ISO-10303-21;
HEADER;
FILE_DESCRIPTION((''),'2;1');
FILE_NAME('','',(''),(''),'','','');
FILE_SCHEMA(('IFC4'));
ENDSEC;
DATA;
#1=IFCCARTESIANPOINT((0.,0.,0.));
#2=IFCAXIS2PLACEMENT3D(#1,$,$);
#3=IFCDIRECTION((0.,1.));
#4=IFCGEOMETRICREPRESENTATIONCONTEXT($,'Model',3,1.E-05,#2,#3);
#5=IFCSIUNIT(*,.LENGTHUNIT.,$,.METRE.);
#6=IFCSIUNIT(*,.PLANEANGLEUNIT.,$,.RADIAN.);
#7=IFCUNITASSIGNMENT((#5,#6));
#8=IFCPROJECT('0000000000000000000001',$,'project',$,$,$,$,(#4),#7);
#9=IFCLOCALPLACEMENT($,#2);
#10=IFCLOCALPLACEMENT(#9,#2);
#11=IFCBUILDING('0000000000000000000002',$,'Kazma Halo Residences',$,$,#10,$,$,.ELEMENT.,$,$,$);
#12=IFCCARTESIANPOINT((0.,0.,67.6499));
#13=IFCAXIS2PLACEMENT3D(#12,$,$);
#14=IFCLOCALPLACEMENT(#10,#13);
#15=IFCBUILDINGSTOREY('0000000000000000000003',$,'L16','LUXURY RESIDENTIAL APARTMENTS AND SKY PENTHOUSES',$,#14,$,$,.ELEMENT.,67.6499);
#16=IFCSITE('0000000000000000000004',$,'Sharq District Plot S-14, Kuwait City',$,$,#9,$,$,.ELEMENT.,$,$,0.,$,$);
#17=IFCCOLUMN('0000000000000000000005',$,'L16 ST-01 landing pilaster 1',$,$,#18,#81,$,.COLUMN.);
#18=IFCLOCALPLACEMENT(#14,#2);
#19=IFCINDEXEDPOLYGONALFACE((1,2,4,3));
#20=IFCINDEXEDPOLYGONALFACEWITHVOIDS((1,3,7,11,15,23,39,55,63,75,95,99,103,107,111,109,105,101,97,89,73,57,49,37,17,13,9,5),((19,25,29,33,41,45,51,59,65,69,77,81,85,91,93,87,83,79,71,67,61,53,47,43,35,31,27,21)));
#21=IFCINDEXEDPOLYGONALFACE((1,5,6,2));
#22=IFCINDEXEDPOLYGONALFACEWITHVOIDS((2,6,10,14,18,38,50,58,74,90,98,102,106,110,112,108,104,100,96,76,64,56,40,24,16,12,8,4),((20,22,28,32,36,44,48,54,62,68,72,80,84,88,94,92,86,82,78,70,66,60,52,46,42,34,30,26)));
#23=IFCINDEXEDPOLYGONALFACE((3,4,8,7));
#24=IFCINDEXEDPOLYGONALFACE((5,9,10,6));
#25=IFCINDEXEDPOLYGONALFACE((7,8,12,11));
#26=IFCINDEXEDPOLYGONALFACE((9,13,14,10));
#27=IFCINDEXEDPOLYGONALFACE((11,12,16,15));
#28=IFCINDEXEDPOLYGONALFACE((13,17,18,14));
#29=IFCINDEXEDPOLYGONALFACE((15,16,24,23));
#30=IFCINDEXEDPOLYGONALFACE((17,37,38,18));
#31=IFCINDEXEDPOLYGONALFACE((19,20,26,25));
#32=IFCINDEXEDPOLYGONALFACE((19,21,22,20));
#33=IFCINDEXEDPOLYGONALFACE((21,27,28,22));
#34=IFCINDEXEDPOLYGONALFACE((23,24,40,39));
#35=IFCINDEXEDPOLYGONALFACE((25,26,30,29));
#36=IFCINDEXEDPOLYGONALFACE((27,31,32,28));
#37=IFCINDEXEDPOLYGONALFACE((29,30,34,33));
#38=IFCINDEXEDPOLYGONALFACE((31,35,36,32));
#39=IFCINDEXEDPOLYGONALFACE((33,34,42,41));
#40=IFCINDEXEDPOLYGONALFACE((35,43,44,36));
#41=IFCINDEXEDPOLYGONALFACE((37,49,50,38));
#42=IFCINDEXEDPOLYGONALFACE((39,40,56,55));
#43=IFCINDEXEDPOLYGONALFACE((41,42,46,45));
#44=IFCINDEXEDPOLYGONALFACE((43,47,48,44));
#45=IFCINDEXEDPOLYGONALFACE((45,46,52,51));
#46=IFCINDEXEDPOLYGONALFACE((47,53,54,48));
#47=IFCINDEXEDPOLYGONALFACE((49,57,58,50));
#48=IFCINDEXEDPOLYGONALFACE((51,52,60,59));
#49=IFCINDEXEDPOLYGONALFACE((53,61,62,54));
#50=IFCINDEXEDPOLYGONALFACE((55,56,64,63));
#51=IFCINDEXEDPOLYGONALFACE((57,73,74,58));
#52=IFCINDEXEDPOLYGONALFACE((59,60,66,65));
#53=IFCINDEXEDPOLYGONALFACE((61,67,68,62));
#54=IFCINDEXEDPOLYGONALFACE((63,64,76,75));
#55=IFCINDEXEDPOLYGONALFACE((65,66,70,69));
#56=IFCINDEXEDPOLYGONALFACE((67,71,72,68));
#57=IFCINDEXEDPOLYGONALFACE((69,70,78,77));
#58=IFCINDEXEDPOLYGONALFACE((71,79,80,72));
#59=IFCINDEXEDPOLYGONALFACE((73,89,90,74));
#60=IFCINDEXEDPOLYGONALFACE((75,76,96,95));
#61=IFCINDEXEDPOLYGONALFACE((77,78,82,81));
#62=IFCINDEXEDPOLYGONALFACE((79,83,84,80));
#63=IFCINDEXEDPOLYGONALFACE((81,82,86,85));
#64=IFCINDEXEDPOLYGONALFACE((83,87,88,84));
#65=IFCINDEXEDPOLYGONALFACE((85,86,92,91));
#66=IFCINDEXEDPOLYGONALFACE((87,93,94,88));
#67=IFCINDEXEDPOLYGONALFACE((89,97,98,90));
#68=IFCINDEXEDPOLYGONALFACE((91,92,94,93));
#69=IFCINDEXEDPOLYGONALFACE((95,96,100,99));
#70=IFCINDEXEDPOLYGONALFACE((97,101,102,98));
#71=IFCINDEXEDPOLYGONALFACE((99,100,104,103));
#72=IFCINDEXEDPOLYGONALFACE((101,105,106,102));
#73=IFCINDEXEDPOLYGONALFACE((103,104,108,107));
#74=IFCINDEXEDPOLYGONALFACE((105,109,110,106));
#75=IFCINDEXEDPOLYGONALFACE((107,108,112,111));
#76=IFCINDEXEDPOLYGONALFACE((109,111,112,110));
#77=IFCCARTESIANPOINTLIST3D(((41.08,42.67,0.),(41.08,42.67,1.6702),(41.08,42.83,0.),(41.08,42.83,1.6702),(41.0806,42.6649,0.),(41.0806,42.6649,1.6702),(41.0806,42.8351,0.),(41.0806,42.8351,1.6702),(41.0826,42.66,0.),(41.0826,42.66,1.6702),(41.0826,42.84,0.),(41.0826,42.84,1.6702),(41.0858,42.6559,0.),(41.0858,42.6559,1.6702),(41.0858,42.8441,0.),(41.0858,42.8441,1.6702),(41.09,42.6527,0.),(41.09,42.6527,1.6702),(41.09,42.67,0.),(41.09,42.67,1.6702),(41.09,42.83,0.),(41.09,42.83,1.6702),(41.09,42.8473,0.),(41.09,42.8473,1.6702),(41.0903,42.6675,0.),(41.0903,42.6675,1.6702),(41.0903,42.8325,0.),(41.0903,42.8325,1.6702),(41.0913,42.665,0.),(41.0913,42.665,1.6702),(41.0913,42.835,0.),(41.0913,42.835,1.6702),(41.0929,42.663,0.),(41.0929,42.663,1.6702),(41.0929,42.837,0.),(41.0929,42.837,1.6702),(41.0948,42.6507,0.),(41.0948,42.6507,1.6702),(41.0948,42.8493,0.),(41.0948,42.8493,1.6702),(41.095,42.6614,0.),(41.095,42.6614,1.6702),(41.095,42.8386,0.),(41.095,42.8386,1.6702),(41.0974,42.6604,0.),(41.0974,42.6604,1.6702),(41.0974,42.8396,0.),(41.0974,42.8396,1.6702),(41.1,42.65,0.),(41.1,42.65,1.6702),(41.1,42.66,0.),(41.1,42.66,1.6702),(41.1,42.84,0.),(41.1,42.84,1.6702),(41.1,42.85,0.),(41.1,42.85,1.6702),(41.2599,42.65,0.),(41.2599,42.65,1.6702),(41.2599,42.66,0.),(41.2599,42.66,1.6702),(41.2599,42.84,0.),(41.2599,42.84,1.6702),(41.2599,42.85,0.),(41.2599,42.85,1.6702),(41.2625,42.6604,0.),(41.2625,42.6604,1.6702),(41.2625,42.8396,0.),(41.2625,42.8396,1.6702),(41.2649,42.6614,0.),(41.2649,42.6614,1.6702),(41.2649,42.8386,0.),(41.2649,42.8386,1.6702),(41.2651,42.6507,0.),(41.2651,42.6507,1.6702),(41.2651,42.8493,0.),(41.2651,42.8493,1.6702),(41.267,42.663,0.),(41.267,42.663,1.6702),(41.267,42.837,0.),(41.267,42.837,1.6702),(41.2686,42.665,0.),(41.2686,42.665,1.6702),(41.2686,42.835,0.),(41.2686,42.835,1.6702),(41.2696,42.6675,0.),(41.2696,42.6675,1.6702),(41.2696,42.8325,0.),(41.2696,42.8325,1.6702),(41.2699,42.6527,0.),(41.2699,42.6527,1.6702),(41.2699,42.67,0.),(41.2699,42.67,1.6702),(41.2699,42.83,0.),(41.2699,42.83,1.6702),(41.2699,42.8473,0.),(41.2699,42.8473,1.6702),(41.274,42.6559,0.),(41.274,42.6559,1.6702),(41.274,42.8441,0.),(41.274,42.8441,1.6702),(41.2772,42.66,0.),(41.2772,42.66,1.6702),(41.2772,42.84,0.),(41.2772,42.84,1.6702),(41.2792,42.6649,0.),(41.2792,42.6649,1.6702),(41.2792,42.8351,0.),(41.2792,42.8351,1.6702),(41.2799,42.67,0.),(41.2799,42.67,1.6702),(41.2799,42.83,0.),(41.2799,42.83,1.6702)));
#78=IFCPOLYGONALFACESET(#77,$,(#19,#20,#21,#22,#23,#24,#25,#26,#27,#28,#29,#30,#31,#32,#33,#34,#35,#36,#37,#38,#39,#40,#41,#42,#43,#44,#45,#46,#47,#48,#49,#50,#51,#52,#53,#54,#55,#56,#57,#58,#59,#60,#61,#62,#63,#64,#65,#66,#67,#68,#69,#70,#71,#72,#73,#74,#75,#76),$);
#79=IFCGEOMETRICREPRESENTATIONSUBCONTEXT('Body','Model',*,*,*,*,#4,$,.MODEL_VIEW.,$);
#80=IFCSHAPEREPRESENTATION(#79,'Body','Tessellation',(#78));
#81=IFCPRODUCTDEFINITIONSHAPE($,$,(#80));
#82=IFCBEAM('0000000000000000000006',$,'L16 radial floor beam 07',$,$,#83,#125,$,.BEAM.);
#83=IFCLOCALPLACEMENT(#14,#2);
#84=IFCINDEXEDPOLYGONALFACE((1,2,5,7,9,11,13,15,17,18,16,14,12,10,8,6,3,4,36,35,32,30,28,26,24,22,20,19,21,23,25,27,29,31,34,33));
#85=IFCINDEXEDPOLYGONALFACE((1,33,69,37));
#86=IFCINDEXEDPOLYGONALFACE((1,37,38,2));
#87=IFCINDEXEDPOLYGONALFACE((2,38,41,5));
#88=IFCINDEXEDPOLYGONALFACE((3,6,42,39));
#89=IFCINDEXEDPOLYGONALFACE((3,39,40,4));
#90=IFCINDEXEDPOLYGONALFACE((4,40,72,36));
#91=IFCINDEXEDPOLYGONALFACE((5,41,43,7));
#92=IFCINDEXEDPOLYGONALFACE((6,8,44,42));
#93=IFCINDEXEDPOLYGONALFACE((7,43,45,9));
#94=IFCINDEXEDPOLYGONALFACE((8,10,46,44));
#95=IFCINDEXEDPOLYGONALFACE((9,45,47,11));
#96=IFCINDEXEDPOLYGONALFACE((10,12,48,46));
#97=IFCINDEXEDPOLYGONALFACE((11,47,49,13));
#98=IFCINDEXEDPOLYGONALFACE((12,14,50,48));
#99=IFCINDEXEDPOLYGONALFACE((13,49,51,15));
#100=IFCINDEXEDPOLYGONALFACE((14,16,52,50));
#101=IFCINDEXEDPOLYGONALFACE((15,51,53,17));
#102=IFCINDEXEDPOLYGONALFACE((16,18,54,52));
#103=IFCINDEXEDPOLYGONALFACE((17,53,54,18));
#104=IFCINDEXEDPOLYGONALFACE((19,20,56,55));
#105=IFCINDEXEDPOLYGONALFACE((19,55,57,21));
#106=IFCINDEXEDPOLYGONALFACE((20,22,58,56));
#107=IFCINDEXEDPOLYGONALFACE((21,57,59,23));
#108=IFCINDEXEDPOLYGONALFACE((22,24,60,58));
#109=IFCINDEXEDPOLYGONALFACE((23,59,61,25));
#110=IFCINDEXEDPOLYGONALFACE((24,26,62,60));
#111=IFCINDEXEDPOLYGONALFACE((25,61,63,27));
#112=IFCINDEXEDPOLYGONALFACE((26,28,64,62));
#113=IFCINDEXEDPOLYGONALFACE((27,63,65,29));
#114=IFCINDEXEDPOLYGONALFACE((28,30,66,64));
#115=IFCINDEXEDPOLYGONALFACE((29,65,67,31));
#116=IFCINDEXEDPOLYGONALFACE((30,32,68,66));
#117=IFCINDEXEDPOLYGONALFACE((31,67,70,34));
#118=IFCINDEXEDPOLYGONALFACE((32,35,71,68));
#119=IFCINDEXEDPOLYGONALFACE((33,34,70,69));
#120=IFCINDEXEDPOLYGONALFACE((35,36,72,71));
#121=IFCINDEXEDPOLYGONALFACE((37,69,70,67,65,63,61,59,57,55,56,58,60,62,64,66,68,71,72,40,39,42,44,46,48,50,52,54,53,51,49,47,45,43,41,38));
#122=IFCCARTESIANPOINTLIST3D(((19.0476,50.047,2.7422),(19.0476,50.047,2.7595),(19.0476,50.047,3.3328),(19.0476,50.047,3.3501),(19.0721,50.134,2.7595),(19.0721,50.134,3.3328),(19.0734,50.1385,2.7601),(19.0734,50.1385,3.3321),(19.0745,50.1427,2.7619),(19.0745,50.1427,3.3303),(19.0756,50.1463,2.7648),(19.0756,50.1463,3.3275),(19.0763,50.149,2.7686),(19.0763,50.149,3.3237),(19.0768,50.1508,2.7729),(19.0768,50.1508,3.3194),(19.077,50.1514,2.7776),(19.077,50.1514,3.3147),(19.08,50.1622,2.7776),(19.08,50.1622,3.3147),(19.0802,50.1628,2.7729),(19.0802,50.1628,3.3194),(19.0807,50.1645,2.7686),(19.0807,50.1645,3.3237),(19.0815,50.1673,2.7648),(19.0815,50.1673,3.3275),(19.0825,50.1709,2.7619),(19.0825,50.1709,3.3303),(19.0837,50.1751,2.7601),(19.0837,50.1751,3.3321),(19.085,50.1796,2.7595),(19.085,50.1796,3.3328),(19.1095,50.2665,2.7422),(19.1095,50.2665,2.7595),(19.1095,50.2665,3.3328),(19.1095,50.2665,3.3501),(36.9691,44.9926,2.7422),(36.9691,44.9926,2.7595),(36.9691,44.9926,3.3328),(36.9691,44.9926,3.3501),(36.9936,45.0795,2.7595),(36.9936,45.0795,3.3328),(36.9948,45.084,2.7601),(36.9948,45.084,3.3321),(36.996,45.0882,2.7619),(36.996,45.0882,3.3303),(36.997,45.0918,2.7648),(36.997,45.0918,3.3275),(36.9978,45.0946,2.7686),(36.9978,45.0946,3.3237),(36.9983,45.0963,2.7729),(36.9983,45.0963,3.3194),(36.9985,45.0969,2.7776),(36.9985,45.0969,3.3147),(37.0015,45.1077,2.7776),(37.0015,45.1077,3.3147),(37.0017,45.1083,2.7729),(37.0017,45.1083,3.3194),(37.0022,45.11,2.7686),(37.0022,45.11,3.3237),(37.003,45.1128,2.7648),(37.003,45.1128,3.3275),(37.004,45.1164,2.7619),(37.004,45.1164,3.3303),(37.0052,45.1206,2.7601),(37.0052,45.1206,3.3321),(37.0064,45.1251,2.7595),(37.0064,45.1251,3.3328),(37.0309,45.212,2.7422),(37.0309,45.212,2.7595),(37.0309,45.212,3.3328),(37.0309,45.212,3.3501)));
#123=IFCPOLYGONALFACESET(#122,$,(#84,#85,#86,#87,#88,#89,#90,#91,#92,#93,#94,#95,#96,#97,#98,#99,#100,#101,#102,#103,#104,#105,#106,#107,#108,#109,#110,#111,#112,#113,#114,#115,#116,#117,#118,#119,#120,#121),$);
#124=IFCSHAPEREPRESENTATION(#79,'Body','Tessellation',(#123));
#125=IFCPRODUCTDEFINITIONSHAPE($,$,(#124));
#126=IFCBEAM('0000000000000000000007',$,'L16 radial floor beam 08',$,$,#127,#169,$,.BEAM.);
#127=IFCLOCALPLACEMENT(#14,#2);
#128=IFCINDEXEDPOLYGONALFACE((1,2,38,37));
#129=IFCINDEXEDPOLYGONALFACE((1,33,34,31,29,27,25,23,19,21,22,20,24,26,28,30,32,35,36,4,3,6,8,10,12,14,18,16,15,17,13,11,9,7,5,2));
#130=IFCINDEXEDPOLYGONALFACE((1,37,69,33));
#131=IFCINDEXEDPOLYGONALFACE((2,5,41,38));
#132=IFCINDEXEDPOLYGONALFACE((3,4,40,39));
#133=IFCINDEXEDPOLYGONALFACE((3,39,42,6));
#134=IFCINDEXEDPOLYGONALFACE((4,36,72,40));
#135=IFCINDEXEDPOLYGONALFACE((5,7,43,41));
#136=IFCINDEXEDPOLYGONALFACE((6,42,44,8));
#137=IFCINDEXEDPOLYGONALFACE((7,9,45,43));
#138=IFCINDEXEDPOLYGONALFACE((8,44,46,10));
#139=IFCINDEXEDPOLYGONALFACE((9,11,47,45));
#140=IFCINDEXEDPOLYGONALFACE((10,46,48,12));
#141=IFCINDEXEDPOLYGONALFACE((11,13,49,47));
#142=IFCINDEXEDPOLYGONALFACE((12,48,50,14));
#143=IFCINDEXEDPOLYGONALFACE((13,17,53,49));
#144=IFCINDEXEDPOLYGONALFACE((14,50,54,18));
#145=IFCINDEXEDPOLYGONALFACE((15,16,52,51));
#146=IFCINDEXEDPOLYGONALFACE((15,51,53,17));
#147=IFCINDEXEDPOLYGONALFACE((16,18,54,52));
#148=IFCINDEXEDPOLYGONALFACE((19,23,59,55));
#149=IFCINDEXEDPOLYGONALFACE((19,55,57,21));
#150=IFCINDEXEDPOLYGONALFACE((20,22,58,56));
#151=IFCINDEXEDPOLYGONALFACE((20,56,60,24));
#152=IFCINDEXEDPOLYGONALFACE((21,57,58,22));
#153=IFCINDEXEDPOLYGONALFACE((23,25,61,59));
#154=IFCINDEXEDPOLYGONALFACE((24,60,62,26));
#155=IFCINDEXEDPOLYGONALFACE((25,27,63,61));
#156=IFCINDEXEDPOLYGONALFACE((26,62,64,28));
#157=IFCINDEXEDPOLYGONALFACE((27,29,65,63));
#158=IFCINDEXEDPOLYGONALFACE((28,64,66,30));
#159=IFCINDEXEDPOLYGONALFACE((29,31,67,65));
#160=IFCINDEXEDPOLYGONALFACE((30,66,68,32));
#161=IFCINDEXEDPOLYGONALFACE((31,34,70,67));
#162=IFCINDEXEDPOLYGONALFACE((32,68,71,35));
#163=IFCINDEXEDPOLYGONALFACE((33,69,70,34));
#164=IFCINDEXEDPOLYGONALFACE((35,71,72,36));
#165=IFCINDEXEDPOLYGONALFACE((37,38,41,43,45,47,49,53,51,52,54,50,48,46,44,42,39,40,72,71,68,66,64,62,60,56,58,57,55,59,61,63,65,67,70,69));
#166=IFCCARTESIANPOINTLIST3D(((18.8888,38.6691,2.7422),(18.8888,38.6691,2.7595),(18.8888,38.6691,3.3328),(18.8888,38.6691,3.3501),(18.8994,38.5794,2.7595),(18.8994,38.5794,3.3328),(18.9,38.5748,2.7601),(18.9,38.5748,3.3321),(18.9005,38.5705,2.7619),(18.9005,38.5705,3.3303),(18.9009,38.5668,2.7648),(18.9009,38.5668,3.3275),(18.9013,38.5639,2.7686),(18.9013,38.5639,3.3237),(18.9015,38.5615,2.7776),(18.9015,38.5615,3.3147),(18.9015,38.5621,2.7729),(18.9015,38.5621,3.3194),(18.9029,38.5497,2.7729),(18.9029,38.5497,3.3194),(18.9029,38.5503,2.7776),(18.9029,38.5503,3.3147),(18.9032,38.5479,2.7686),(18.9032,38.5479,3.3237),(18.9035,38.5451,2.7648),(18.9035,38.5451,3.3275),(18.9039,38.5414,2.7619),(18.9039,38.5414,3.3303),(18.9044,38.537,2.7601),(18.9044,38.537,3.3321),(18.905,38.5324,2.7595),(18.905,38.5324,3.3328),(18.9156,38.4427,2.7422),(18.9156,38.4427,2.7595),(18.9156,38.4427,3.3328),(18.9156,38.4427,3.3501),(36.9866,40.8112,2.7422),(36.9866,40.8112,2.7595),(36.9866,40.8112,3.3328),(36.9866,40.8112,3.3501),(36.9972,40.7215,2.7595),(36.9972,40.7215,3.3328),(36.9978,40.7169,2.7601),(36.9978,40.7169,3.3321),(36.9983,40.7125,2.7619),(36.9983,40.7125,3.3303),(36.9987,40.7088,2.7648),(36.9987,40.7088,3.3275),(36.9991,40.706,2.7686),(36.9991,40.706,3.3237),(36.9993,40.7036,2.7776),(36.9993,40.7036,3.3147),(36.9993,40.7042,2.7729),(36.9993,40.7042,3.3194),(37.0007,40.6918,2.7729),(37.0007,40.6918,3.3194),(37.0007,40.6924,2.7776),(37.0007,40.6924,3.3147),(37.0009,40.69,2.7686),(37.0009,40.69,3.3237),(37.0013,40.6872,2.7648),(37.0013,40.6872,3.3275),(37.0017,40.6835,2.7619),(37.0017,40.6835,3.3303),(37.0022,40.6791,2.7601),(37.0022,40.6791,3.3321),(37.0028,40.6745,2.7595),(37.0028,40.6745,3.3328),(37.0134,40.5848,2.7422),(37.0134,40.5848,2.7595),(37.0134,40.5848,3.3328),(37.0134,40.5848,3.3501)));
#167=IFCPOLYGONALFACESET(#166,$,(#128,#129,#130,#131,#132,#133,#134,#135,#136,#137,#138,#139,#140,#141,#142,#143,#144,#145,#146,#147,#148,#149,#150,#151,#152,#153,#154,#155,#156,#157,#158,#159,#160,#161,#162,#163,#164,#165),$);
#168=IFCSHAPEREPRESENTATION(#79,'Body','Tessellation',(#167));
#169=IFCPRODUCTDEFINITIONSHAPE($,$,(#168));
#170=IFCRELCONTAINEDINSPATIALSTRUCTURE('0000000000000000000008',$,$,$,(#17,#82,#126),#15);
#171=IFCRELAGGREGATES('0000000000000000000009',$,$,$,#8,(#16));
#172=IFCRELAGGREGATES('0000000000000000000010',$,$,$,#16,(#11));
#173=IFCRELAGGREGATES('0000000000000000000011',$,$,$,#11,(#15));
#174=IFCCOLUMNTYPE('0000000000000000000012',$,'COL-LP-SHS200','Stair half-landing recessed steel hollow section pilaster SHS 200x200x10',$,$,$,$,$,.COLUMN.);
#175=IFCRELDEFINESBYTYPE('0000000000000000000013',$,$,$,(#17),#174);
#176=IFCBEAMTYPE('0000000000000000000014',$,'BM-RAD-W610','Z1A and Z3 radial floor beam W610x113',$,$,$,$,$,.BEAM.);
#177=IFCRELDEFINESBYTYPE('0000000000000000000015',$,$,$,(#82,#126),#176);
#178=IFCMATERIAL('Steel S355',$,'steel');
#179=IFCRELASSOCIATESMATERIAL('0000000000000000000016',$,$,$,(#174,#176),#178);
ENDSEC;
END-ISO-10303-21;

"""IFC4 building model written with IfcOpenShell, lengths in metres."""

from ifc_helpers import new_model, si_unit, direction, frame, origin, origin_2d, place, context, subcontext, project, spatial, hollow_rectangle, i_section, extrude, material, material_profile, profile_set, type_object, element, save


model = new_model("IFC4")

# Units and contexts
model_context = context("Model", 3, precision=1e-05, world=origin(), true_north=direction((0.0, 1.0)))
body_context = subcontext(model_context, "Body", "Model", "MODEL_VIEW")
ifc_project = project(units=[si_unit("LENGTHUNIT", "METRE"), si_unit("PLANEANGLEUNIT", "RADIAN")], contexts=[model_context])

# Site, building, storey
site_placement = place(None, origin())
site = spatial("IfcSite", under=ifc_project, at=site_placement, Name="Sharq District Plot S-14, Kuwait City", CompositionType="ELEMENT", RefElevation=0.0)
building_placement = place(site_placement, origin())
building = spatial("IfcBuilding", under=site, at=building_placement, Name="Kazma Halo Residences", CompositionType="ELEMENT")
storey_placement = place(building_placement, frame((0.0, 0.0, 67.6499)))
storey = spatial("IfcBuildingStorey", under=building, at=storey_placement, Name="L16", Description="LUXURY RESIDENTIAL APARTMENTS AND SKY PENTHOUSES", CompositionType="ELEMENT", Elevation=67.6499)

# Column
ifc_material_1 = material(Name="Steel S355", Category="steel")
ifc_material_profile_1 = material_profile(ifc_material_1, hollow_rectangle(XDim=0.2, YDim=0.2, WallThickness=0.01, InnerFilletRadius=0.01, OuterFilletRadius=0.02, at=origin_2d()), Name="SHS200x200x10")
ifc_profile_set_1 = profile_set([ifc_material_profile_1], Name="Steel S355")
column_type = type_object("IfcColumnType", Name="COL-LP-SHS200", Description="Stair half-landing recessed steel hollow section pilaster SHS 200x200x10", PredefinedType="COLUMN", material=ifc_profile_set_1)
column_placement = place(storey_placement, frame((41.1799, 42.75, 0.0), z_axis=(0.0, 0.0, 1.0), x_axis=(1.0, 0.0, 0.0)))
element("IfcColumn", 1, at=column_placement, inside=storey, type_object=column_type, Name="L16 ST-01 landing pilaster 1", PredefinedType="COLUMN", context=body_context, shape_type="SweptSolid", body=[
    extrude(hollow_rectangle(XDim=0.2, YDim=0.2, WallThickness=0.01, InnerFilletRadius=0.01, OuterFilletRadius=0.02, at=origin_2d()), origin(), (0.0, 0.0, 1.0), 1.6702),
])

# Beams
ifc_material_profile_2 = material_profile(ifc_material_1, i_section(OverallWidth=0.228, OverallDepth=0.6079, WebThickness=0.0112, FlangeThickness=0.0173, FilletRadius=0.0181, at=origin_2d()), Name="W610x113")
ifc_profile_set_2 = profile_set([ifc_material_profile_2], Name="Steel S355")
beam_type_1 = type_object("IfcBeamType", Name="BM-RAD-W610", Description="Z1A and Z3 radial floor beam W610x113", PredefinedType="BEAM", material=ifc_profile_set_2)
beam_1_placement = place(storey_placement, frame((37.0, 45.1023, 3.0461), z_axis=(-0.962454, 0.271445, 0.0), x_axis=(-0.271445, -0.962454, 0.0)))
element("IfcBeam", 2, at=beam_1_placement, inside=storey, type_object=beam_type_1, Name="L16 radial floor beam 07", PredefinedType="BEAM", context=body_context, shape_type="SweptSolid", body=[
    extrude(i_section(OverallWidth=0.228, OverallDepth=0.6079, WebThickness=0.0112, FlangeThickness=0.0173, FilletRadius=0.0181, at=origin_2d()), origin(), (0.0, 0.0, 1.0), 18.6206),
])
beam_2_placement = place(storey_placement, frame((37.0, 40.698, 3.0461), z_axis=(-0.993068, -0.117541, 0.0), x_axis=(0.117541, -0.993068, 0.0)))
element("IfcBeam", 3, at=beam_2_placement, inside=storey, type_object=beam_type_1, Name="L16 radial floor beam 08", PredefinedType="BEAM", context=body_context, shape_type="SweptSolid", body=[
    extrude(i_section(OverallWidth=0.228, OverallDepth=0.6079, WebThickness=0.0112, FlangeThickness=0.0173, FilletRadius=0.0181, at=origin_2d()), origin(), (0.0, 0.0, 1.0), 18.2241),
])

save(model, "model.ifc")
